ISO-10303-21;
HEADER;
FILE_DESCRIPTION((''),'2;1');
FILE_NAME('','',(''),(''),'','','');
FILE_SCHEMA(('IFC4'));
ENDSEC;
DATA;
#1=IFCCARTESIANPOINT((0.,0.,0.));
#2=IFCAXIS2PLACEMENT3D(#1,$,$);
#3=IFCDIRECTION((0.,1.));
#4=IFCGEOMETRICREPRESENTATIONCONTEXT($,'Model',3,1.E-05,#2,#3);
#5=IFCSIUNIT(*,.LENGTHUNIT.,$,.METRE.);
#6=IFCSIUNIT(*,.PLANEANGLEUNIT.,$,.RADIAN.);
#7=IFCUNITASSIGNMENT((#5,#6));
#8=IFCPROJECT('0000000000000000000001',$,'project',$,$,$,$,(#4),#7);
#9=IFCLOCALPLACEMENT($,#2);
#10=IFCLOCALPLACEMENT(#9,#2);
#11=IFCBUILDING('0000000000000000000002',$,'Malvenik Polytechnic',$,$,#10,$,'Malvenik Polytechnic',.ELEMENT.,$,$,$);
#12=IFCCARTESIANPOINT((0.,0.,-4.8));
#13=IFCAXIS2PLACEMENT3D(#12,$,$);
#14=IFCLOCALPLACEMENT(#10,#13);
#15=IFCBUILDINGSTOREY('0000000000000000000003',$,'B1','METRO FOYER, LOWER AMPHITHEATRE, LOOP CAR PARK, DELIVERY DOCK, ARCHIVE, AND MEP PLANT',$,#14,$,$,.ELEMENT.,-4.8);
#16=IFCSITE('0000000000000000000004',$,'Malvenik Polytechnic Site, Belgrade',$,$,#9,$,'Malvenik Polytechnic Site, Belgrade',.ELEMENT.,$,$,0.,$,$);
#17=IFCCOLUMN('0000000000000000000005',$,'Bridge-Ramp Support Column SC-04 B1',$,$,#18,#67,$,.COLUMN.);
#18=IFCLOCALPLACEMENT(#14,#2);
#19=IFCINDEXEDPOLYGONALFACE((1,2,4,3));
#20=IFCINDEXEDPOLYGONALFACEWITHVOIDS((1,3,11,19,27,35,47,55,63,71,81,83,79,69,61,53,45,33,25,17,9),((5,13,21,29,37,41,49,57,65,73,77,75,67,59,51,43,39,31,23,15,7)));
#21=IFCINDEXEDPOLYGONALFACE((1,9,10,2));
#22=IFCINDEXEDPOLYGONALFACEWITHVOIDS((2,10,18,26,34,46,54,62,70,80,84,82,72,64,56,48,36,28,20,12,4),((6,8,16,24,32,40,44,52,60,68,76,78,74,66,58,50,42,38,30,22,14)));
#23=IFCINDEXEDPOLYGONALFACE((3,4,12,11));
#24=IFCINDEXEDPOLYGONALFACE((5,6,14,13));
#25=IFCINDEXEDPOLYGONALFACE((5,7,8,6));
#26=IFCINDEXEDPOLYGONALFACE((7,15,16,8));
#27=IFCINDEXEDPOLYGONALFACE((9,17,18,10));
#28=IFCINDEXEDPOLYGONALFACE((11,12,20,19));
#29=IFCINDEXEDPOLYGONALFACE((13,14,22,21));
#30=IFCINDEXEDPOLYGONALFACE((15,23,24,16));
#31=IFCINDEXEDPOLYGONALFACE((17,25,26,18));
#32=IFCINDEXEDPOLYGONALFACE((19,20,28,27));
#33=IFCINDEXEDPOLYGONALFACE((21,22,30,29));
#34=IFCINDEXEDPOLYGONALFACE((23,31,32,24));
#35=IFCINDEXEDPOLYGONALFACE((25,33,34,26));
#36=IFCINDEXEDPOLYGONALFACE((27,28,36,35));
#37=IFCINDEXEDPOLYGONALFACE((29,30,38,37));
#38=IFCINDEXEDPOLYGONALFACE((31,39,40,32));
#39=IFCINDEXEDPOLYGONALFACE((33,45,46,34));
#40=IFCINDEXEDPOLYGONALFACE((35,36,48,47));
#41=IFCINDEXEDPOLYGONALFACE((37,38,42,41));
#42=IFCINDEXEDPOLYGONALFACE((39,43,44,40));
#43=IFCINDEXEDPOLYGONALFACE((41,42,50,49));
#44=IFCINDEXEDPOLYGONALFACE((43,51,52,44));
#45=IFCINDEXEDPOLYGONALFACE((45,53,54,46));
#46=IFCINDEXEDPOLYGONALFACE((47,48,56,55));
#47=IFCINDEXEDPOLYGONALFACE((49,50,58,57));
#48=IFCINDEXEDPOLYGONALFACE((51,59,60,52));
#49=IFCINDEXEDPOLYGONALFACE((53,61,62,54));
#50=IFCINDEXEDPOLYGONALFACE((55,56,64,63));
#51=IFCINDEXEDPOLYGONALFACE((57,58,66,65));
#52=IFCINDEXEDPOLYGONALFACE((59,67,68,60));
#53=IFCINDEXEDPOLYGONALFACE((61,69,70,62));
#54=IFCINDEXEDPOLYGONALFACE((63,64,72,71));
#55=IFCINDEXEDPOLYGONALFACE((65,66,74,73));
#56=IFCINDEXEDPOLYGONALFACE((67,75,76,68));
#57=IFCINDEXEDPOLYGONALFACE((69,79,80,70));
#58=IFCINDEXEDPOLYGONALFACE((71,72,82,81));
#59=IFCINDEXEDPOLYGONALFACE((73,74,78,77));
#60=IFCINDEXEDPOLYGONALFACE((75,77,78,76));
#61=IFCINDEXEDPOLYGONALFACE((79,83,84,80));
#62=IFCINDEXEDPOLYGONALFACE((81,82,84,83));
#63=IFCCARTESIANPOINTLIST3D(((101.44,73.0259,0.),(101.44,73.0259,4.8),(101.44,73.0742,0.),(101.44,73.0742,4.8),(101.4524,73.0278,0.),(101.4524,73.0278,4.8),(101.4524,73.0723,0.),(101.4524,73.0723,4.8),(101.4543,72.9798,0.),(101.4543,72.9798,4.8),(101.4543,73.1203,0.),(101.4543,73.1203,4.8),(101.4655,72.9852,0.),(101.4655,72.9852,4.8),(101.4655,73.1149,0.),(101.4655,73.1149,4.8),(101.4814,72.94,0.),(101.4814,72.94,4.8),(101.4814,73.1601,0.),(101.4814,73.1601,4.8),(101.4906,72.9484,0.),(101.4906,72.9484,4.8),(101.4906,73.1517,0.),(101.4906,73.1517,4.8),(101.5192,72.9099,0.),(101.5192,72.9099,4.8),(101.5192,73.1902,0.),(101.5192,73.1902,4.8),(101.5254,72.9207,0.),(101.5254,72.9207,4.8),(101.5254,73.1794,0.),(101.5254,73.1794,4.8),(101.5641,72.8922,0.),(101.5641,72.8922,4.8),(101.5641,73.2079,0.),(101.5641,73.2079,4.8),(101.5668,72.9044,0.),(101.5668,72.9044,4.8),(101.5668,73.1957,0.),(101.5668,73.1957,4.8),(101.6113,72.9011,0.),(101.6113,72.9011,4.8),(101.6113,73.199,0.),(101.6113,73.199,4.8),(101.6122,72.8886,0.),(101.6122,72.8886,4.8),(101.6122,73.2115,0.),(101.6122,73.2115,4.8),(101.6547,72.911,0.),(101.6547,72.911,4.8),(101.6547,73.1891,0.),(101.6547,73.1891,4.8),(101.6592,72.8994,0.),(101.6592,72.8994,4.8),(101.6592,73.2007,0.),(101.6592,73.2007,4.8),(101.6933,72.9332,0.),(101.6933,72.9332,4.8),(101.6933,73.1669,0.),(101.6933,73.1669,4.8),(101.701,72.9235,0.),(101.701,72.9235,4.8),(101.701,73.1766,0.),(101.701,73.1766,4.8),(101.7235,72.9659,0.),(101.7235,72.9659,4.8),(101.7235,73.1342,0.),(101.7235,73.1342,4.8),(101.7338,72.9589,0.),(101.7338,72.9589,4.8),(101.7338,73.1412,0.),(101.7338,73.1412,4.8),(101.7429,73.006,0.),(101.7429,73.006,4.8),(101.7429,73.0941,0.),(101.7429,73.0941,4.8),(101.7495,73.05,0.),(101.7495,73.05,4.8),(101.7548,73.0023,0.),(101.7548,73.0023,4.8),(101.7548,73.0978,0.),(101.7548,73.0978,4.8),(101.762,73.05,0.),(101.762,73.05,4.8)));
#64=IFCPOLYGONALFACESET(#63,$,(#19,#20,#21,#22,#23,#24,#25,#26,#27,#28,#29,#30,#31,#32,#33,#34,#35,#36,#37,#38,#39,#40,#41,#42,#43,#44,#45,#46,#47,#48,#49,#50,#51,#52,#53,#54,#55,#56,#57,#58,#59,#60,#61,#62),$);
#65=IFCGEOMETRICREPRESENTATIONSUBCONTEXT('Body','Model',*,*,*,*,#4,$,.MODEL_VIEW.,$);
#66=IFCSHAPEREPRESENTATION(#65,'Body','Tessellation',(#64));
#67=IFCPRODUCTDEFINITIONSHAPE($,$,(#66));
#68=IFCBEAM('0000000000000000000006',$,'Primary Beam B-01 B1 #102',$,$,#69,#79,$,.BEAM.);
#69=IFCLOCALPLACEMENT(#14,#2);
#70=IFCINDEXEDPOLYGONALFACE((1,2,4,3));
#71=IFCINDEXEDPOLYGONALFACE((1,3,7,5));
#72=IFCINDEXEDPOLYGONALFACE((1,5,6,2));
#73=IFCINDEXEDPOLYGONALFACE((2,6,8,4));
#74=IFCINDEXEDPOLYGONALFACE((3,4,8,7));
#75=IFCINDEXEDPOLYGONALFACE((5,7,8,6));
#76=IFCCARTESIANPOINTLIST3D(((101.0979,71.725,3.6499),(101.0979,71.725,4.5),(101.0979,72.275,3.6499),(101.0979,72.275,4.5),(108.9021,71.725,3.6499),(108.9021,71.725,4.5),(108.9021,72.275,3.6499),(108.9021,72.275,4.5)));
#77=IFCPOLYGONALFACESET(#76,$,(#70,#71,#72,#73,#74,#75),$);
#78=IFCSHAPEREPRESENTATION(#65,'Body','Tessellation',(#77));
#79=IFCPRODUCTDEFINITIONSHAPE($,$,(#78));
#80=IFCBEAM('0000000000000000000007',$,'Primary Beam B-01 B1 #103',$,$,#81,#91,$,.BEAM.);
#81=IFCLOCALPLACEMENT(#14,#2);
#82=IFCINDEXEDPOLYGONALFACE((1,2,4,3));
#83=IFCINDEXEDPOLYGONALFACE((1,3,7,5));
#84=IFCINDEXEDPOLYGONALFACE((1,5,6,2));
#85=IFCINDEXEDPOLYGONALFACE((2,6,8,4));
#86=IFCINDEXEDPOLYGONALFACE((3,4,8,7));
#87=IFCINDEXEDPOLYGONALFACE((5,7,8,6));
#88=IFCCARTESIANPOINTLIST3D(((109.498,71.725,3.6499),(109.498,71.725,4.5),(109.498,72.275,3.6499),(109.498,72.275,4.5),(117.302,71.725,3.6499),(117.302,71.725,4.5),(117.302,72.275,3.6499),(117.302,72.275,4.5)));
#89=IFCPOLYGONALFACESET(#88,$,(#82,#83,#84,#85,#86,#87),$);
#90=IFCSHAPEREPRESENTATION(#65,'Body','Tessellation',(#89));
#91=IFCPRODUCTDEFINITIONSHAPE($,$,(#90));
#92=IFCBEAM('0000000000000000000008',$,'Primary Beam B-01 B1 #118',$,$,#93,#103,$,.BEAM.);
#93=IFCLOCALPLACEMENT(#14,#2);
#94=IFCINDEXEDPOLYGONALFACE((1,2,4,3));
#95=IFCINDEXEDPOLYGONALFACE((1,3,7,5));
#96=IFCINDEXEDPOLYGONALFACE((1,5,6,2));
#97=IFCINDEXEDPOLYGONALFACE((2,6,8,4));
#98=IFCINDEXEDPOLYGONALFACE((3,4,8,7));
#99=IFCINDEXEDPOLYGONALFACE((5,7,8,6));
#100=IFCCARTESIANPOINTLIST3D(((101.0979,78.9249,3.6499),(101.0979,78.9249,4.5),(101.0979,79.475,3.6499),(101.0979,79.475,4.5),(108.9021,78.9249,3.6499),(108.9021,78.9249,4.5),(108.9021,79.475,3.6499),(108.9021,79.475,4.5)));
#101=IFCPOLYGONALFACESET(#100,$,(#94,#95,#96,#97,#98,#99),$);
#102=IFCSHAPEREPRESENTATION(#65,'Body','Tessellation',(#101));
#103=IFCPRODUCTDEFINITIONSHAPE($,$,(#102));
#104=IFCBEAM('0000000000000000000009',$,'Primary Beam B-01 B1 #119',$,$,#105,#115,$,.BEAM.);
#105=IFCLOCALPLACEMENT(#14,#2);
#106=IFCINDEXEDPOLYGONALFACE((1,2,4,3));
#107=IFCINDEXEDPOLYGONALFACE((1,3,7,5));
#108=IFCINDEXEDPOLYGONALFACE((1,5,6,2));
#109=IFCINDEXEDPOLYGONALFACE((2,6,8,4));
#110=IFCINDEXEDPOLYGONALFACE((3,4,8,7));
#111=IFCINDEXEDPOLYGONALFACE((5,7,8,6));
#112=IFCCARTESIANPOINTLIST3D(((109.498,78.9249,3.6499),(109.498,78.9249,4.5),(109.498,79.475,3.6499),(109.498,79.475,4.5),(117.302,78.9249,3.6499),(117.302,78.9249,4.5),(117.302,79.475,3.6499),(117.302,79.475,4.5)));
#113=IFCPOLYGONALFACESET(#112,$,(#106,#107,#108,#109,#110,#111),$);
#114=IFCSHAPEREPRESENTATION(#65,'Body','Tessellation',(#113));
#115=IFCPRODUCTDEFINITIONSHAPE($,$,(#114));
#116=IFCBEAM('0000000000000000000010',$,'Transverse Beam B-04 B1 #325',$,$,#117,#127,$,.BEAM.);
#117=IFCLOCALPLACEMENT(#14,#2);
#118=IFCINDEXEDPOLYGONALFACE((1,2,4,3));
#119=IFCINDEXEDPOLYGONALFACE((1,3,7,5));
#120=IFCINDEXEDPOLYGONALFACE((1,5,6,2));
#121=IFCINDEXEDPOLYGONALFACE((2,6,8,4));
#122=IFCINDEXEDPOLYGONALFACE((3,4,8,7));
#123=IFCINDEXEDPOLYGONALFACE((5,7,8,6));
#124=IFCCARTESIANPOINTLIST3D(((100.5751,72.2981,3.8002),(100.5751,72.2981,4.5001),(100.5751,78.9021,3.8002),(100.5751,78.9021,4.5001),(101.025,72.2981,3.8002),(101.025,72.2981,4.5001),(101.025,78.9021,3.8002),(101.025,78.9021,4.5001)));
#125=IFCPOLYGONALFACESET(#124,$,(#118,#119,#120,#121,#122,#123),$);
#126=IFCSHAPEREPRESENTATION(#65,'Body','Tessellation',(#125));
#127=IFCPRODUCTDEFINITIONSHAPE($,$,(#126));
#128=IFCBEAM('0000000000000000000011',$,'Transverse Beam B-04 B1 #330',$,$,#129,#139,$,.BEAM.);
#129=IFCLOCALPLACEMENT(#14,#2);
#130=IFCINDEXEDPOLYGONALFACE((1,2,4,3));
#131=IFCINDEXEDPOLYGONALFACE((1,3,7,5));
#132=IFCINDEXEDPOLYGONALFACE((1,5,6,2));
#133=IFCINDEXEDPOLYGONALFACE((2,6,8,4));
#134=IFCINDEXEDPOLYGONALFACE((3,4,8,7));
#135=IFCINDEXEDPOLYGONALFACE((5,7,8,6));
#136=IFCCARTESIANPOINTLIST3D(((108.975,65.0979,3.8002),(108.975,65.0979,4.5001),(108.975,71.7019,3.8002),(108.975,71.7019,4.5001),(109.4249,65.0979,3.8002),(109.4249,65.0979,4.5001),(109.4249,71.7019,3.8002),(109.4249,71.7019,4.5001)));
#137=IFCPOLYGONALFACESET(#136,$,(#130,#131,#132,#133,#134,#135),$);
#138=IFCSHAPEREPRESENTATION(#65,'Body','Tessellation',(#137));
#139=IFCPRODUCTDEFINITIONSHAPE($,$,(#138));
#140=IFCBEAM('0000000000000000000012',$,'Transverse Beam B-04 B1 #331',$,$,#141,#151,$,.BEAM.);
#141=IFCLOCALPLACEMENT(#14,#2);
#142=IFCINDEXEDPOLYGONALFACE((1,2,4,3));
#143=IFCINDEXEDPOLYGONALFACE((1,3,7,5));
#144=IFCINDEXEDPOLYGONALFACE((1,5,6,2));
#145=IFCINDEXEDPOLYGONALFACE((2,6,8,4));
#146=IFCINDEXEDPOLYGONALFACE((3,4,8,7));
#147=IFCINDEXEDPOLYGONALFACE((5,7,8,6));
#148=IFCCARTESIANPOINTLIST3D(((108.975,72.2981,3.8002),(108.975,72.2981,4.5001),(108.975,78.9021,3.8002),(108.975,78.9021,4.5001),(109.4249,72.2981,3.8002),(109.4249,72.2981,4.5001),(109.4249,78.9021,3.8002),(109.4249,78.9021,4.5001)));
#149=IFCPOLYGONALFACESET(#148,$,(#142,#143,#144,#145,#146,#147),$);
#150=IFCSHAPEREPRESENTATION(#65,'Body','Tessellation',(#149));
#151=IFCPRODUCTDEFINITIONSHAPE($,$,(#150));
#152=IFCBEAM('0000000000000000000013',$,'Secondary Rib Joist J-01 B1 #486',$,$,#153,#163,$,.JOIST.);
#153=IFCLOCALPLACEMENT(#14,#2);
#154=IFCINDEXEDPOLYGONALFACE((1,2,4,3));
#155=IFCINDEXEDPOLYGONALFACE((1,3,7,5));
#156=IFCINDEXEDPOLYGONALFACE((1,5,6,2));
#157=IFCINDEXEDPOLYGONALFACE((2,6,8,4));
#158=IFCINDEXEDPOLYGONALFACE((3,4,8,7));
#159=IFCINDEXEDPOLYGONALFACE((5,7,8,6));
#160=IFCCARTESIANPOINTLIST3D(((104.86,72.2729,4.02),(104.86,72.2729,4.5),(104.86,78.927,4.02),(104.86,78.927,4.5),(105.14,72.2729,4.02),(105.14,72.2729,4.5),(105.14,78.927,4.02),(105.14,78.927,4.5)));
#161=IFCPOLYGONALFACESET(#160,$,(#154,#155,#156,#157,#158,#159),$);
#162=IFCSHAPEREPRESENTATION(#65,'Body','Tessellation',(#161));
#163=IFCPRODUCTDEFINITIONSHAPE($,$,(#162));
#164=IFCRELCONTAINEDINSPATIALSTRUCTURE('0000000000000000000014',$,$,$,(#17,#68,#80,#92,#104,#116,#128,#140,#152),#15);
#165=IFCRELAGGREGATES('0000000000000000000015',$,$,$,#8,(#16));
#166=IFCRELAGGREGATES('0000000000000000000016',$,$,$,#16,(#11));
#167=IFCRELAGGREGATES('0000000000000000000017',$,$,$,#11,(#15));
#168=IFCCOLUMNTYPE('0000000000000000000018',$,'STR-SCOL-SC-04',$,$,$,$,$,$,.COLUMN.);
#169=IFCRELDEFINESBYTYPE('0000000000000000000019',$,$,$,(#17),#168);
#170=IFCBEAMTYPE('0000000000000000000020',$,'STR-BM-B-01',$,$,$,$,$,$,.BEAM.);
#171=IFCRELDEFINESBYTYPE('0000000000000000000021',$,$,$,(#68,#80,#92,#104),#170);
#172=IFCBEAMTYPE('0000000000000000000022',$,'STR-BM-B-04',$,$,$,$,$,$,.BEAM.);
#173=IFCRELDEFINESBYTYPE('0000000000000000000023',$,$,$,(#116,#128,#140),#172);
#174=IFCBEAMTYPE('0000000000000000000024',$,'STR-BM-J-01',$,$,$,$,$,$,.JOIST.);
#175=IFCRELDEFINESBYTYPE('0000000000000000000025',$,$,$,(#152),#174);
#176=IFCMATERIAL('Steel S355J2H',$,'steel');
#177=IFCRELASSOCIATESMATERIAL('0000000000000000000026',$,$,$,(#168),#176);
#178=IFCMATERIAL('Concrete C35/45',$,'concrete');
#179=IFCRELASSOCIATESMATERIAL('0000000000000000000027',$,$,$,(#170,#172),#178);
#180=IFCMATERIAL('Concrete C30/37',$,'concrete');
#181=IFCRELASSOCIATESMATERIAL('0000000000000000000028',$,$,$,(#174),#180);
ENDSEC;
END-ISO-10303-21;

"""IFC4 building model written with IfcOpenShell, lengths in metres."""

from ifc_helpers import new_model, si_unit, direction, frame, origin, origin_2d, place, context, subcontext, project, spatial, rectangle, hollow_circle, extrude, material, material_profile, profile_set, type_object, element, save


model = new_model("IFC4")

# Units and contexts
model_context = context("Model", 3, precision=1e-05, world=origin(), true_north=direction((0.0, 1.0)))
body_context = subcontext(model_context, "Body", "Model", "MODEL_VIEW")
ifc_project = project(units=[si_unit("LENGTHUNIT", "METRE"), si_unit("PLANEANGLEUNIT", "RADIAN")], contexts=[model_context])

# Site, building, storey
site_placement = place(None, origin())
site = spatial("IfcSite", under=ifc_project, at=site_placement, Name="Malvenik Polytechnic Site, Belgrade", LongName="Malvenik Polytechnic Site, Belgrade", CompositionType="ELEMENT", RefElevation=0.0)
building_placement = place(site_placement, origin())
building = spatial("IfcBuilding", under=site, at=building_placement, Name="Malvenik Polytechnic", LongName="Malvenik Polytechnic", CompositionType="ELEMENT")
storey_placement = place(building_placement, frame((0.0, 0.0, -4.8)))
storey = spatial("IfcBuildingStorey", under=building, at=storey_placement, Name="B1", Description="METRO FOYER, LOWER AMPHITHEATRE, LOOP CAR PARK, DELIVERY DOCK, ARCHIVE, AND MEP PLANT", CompositionType="ELEMENT", Elevation=-4.8)

# Shared definitions
ifc_material_1 = material(Name="Concrete C35/45", Category="concrete")

# Column
ifc_material_2 = material(Name="Steel S355J2H", Category="steel")
ifc_material_profile_1 = material_profile(ifc_material_2, hollow_circle(Radius=0.1619, WallThickness=0.0125, at=origin_2d()), Name="CHS 323.9x12.5")
ifc_profile_set_1 = profile_set([ifc_material_profile_1], Name="Steel S355J2H")
column_type_1 = type_object("IfcColumnType", Name="STR-SCOL-SC-04", PredefinedType="COLUMN", material=ifc_profile_set_1)
for number, where, z_axis, x_axis, name in (
    (1, (101.6001, 73.05, 0.0), (0.0, 0.0, 1.0), (1.0, 0.0, 0.0), "Bridge-Ramp Support Column SC-04 B1"),
):
    element("IfcColumn", number, at=place(storey_placement, frame(where, z_axis=z_axis, x_axis=x_axis)), inside=storey, type_object=column_type_1, Name=name, PredefinedType="COLUMN", context=body_context, shape_type="SweptSolid", body=[
        extrude(hollow_circle(Radius=0.1619, WallThickness=0.0125, at=origin_2d()), origin(), (0.0, 0.0, 1.0), 4.8),
    ])

# Beams
ifc_material_profile_2 = material_profile(ifc_material_1, rectangle(XDim=0.55, YDim=0.8501, at=origin_2d()), Name="RC BM 550x850")
ifc_profile_set_2 = profile_set([ifc_material_profile_2], Name="Concrete C35/45")
beam_type_1 = type_object("IfcBeamType", Name="STR-BM-B-01", PredefinedType="BEAM", material=ifc_profile_set_2)
beam_1_placement = place(storey_placement, frame((101.0979, 72.0, 4.075), z_axis=(1.0, 0.0, 0.0), x_axis=(0.0, 1.0, 0.0)))
element("IfcBeam", 2, at=beam_1_placement, inside=storey, type_object=beam_type_1, Name="Primary Beam B-01 B1 #102", PredefinedType="BEAM", context=body_context, shape_type="SweptSolid", body=[
    extrude(rectangle(XDim=0.55, YDim=0.8501, at=origin_2d()), origin(), (0.0, 0.0, 1.0), 7.8042),
])
beam_2_placement = place(storey_placement, frame((109.498, 72.0, 4.075), z_axis=(1.0, 0.0, 0.0), x_axis=(0.0, 1.0, 0.0)))
element("IfcBeam", 3, at=beam_2_placement, inside=storey, type_object=beam_type_1, Name="Primary Beam B-01 B1 #103", PredefinedType="BEAM", context=body_context, shape_type="SweptSolid", body=[
    extrude(rectangle(XDim=0.55, YDim=0.8501, at=origin_2d()), origin(), (0.0, 0.0, 1.0), 7.804),
])
beam_3_placement = place(storey_placement, frame((101.0979, 79.2, 4.075), z_axis=(1.0, 0.0, 0.0), x_axis=(0.0, 1.0, 0.0)))
element("IfcBeam", 4, at=beam_3_placement, inside=storey, type_object=beam_type_1, Name="Primary Beam B-01 B1 #118", PredefinedType="BEAM", context=body_context, shape_type="SweptSolid", body=[
    extrude(rectangle(XDim=0.55, YDim=0.8501, at=origin_2d()), origin(), (0.0, 0.0, 1.0), 7.8042),
])
beam_4_placement = place(storey_placement, frame((109.498, 79.2, 4.075), z_axis=(1.0, 0.0, 0.0), x_axis=(0.0, 1.0, 0.0)))
element("IfcBeam", 5, at=beam_4_placement, inside=storey, type_object=beam_type_1, Name="Primary Beam B-01 B1 #119", PredefinedType="BEAM", context=body_context, shape_type="SweptSolid", body=[
    extrude(rectangle(XDim=0.55, YDim=0.8501, at=origin_2d()), origin(), (0.0, 0.0, 1.0), 7.804),
])
ifc_material_profile_3 = material_profile(ifc_material_1, rectangle(XDim=0.45, YDim=0.7, at=origin_2d()), Name="RC BM 450x700")
ifc_profile_set_3 = profile_set([ifc_material_profile_3], Name="Concrete C35/45")
beam_type_2 = type_object("IfcBeamType", Name="STR-BM-B-04", PredefinedType="BEAM", material=ifc_profile_set_3)
for number, where, z_axis, x_axis, name in (
    (6, (100.8, 72.2981, 4.1501), (0.0, 1.0, 0.0), (-1.0, 0.0, 0.0), "Transverse Beam B-04 B1 #325"),
    (7, (109.2, 65.0979, 4.1501), (0.0, 1.0, 0.0), (-1.0, 0.0, 0.0), "Transverse Beam B-04 B1 #330"),
    (8, (109.2, 72.2981, 4.1501), (0.0, 1.0, 0.0), (-1.0, 0.0, 0.0), "Transverse Beam B-04 B1 #331"),
):
    element("IfcBeam", number, at=place(storey_placement, frame(where, z_axis=z_axis, x_axis=x_axis)), inside=storey, type_object=beam_type_2, Name=name, PredefinedType="BEAM", context=body_context, shape_type="SweptSolid", body=[
        extrude(rectangle(XDim=0.45, YDim=0.7, at=origin_2d()), origin(), (0.0, 0.0, 1.0), 6.604),
    ])
ifc_material_3 = material(Name="Concrete C30/37", Category="concrete")
ifc_material_profile_4 = material_profile(ifc_material_3, rectangle(XDim=0.28, YDim=0.48, at=origin_2d()), Name="RC JST 280x480")
ifc_profile_set_4 = profile_set([ifc_material_profile_4], Name="Concrete C30/37")
beam_type_3 = type_object("IfcBeamType", Name="STR-BM-J-01", PredefinedType="JOIST", material=ifc_profile_set_4)
beam_5_placement = place(storey_placement, frame((105.0, 72.2729, 4.26), z_axis=(0.0, 1.0, 0.0), x_axis=(-1.0, 0.0, 0.0)))
element("IfcBeam", 9, at=beam_5_placement, inside=storey, type_object=beam_type_3, Name="Secondary Rib Joist J-01 B1 #486", PredefinedType="JOIST", context=body_context, shape_type="SweptSolid", body=[
    extrude(rectangle(XDim=0.28, YDim=0.48, at=origin_2d()), origin(), (0.0, 0.0, 1.0), 6.6541),
])

save(model, "model.ifc")
